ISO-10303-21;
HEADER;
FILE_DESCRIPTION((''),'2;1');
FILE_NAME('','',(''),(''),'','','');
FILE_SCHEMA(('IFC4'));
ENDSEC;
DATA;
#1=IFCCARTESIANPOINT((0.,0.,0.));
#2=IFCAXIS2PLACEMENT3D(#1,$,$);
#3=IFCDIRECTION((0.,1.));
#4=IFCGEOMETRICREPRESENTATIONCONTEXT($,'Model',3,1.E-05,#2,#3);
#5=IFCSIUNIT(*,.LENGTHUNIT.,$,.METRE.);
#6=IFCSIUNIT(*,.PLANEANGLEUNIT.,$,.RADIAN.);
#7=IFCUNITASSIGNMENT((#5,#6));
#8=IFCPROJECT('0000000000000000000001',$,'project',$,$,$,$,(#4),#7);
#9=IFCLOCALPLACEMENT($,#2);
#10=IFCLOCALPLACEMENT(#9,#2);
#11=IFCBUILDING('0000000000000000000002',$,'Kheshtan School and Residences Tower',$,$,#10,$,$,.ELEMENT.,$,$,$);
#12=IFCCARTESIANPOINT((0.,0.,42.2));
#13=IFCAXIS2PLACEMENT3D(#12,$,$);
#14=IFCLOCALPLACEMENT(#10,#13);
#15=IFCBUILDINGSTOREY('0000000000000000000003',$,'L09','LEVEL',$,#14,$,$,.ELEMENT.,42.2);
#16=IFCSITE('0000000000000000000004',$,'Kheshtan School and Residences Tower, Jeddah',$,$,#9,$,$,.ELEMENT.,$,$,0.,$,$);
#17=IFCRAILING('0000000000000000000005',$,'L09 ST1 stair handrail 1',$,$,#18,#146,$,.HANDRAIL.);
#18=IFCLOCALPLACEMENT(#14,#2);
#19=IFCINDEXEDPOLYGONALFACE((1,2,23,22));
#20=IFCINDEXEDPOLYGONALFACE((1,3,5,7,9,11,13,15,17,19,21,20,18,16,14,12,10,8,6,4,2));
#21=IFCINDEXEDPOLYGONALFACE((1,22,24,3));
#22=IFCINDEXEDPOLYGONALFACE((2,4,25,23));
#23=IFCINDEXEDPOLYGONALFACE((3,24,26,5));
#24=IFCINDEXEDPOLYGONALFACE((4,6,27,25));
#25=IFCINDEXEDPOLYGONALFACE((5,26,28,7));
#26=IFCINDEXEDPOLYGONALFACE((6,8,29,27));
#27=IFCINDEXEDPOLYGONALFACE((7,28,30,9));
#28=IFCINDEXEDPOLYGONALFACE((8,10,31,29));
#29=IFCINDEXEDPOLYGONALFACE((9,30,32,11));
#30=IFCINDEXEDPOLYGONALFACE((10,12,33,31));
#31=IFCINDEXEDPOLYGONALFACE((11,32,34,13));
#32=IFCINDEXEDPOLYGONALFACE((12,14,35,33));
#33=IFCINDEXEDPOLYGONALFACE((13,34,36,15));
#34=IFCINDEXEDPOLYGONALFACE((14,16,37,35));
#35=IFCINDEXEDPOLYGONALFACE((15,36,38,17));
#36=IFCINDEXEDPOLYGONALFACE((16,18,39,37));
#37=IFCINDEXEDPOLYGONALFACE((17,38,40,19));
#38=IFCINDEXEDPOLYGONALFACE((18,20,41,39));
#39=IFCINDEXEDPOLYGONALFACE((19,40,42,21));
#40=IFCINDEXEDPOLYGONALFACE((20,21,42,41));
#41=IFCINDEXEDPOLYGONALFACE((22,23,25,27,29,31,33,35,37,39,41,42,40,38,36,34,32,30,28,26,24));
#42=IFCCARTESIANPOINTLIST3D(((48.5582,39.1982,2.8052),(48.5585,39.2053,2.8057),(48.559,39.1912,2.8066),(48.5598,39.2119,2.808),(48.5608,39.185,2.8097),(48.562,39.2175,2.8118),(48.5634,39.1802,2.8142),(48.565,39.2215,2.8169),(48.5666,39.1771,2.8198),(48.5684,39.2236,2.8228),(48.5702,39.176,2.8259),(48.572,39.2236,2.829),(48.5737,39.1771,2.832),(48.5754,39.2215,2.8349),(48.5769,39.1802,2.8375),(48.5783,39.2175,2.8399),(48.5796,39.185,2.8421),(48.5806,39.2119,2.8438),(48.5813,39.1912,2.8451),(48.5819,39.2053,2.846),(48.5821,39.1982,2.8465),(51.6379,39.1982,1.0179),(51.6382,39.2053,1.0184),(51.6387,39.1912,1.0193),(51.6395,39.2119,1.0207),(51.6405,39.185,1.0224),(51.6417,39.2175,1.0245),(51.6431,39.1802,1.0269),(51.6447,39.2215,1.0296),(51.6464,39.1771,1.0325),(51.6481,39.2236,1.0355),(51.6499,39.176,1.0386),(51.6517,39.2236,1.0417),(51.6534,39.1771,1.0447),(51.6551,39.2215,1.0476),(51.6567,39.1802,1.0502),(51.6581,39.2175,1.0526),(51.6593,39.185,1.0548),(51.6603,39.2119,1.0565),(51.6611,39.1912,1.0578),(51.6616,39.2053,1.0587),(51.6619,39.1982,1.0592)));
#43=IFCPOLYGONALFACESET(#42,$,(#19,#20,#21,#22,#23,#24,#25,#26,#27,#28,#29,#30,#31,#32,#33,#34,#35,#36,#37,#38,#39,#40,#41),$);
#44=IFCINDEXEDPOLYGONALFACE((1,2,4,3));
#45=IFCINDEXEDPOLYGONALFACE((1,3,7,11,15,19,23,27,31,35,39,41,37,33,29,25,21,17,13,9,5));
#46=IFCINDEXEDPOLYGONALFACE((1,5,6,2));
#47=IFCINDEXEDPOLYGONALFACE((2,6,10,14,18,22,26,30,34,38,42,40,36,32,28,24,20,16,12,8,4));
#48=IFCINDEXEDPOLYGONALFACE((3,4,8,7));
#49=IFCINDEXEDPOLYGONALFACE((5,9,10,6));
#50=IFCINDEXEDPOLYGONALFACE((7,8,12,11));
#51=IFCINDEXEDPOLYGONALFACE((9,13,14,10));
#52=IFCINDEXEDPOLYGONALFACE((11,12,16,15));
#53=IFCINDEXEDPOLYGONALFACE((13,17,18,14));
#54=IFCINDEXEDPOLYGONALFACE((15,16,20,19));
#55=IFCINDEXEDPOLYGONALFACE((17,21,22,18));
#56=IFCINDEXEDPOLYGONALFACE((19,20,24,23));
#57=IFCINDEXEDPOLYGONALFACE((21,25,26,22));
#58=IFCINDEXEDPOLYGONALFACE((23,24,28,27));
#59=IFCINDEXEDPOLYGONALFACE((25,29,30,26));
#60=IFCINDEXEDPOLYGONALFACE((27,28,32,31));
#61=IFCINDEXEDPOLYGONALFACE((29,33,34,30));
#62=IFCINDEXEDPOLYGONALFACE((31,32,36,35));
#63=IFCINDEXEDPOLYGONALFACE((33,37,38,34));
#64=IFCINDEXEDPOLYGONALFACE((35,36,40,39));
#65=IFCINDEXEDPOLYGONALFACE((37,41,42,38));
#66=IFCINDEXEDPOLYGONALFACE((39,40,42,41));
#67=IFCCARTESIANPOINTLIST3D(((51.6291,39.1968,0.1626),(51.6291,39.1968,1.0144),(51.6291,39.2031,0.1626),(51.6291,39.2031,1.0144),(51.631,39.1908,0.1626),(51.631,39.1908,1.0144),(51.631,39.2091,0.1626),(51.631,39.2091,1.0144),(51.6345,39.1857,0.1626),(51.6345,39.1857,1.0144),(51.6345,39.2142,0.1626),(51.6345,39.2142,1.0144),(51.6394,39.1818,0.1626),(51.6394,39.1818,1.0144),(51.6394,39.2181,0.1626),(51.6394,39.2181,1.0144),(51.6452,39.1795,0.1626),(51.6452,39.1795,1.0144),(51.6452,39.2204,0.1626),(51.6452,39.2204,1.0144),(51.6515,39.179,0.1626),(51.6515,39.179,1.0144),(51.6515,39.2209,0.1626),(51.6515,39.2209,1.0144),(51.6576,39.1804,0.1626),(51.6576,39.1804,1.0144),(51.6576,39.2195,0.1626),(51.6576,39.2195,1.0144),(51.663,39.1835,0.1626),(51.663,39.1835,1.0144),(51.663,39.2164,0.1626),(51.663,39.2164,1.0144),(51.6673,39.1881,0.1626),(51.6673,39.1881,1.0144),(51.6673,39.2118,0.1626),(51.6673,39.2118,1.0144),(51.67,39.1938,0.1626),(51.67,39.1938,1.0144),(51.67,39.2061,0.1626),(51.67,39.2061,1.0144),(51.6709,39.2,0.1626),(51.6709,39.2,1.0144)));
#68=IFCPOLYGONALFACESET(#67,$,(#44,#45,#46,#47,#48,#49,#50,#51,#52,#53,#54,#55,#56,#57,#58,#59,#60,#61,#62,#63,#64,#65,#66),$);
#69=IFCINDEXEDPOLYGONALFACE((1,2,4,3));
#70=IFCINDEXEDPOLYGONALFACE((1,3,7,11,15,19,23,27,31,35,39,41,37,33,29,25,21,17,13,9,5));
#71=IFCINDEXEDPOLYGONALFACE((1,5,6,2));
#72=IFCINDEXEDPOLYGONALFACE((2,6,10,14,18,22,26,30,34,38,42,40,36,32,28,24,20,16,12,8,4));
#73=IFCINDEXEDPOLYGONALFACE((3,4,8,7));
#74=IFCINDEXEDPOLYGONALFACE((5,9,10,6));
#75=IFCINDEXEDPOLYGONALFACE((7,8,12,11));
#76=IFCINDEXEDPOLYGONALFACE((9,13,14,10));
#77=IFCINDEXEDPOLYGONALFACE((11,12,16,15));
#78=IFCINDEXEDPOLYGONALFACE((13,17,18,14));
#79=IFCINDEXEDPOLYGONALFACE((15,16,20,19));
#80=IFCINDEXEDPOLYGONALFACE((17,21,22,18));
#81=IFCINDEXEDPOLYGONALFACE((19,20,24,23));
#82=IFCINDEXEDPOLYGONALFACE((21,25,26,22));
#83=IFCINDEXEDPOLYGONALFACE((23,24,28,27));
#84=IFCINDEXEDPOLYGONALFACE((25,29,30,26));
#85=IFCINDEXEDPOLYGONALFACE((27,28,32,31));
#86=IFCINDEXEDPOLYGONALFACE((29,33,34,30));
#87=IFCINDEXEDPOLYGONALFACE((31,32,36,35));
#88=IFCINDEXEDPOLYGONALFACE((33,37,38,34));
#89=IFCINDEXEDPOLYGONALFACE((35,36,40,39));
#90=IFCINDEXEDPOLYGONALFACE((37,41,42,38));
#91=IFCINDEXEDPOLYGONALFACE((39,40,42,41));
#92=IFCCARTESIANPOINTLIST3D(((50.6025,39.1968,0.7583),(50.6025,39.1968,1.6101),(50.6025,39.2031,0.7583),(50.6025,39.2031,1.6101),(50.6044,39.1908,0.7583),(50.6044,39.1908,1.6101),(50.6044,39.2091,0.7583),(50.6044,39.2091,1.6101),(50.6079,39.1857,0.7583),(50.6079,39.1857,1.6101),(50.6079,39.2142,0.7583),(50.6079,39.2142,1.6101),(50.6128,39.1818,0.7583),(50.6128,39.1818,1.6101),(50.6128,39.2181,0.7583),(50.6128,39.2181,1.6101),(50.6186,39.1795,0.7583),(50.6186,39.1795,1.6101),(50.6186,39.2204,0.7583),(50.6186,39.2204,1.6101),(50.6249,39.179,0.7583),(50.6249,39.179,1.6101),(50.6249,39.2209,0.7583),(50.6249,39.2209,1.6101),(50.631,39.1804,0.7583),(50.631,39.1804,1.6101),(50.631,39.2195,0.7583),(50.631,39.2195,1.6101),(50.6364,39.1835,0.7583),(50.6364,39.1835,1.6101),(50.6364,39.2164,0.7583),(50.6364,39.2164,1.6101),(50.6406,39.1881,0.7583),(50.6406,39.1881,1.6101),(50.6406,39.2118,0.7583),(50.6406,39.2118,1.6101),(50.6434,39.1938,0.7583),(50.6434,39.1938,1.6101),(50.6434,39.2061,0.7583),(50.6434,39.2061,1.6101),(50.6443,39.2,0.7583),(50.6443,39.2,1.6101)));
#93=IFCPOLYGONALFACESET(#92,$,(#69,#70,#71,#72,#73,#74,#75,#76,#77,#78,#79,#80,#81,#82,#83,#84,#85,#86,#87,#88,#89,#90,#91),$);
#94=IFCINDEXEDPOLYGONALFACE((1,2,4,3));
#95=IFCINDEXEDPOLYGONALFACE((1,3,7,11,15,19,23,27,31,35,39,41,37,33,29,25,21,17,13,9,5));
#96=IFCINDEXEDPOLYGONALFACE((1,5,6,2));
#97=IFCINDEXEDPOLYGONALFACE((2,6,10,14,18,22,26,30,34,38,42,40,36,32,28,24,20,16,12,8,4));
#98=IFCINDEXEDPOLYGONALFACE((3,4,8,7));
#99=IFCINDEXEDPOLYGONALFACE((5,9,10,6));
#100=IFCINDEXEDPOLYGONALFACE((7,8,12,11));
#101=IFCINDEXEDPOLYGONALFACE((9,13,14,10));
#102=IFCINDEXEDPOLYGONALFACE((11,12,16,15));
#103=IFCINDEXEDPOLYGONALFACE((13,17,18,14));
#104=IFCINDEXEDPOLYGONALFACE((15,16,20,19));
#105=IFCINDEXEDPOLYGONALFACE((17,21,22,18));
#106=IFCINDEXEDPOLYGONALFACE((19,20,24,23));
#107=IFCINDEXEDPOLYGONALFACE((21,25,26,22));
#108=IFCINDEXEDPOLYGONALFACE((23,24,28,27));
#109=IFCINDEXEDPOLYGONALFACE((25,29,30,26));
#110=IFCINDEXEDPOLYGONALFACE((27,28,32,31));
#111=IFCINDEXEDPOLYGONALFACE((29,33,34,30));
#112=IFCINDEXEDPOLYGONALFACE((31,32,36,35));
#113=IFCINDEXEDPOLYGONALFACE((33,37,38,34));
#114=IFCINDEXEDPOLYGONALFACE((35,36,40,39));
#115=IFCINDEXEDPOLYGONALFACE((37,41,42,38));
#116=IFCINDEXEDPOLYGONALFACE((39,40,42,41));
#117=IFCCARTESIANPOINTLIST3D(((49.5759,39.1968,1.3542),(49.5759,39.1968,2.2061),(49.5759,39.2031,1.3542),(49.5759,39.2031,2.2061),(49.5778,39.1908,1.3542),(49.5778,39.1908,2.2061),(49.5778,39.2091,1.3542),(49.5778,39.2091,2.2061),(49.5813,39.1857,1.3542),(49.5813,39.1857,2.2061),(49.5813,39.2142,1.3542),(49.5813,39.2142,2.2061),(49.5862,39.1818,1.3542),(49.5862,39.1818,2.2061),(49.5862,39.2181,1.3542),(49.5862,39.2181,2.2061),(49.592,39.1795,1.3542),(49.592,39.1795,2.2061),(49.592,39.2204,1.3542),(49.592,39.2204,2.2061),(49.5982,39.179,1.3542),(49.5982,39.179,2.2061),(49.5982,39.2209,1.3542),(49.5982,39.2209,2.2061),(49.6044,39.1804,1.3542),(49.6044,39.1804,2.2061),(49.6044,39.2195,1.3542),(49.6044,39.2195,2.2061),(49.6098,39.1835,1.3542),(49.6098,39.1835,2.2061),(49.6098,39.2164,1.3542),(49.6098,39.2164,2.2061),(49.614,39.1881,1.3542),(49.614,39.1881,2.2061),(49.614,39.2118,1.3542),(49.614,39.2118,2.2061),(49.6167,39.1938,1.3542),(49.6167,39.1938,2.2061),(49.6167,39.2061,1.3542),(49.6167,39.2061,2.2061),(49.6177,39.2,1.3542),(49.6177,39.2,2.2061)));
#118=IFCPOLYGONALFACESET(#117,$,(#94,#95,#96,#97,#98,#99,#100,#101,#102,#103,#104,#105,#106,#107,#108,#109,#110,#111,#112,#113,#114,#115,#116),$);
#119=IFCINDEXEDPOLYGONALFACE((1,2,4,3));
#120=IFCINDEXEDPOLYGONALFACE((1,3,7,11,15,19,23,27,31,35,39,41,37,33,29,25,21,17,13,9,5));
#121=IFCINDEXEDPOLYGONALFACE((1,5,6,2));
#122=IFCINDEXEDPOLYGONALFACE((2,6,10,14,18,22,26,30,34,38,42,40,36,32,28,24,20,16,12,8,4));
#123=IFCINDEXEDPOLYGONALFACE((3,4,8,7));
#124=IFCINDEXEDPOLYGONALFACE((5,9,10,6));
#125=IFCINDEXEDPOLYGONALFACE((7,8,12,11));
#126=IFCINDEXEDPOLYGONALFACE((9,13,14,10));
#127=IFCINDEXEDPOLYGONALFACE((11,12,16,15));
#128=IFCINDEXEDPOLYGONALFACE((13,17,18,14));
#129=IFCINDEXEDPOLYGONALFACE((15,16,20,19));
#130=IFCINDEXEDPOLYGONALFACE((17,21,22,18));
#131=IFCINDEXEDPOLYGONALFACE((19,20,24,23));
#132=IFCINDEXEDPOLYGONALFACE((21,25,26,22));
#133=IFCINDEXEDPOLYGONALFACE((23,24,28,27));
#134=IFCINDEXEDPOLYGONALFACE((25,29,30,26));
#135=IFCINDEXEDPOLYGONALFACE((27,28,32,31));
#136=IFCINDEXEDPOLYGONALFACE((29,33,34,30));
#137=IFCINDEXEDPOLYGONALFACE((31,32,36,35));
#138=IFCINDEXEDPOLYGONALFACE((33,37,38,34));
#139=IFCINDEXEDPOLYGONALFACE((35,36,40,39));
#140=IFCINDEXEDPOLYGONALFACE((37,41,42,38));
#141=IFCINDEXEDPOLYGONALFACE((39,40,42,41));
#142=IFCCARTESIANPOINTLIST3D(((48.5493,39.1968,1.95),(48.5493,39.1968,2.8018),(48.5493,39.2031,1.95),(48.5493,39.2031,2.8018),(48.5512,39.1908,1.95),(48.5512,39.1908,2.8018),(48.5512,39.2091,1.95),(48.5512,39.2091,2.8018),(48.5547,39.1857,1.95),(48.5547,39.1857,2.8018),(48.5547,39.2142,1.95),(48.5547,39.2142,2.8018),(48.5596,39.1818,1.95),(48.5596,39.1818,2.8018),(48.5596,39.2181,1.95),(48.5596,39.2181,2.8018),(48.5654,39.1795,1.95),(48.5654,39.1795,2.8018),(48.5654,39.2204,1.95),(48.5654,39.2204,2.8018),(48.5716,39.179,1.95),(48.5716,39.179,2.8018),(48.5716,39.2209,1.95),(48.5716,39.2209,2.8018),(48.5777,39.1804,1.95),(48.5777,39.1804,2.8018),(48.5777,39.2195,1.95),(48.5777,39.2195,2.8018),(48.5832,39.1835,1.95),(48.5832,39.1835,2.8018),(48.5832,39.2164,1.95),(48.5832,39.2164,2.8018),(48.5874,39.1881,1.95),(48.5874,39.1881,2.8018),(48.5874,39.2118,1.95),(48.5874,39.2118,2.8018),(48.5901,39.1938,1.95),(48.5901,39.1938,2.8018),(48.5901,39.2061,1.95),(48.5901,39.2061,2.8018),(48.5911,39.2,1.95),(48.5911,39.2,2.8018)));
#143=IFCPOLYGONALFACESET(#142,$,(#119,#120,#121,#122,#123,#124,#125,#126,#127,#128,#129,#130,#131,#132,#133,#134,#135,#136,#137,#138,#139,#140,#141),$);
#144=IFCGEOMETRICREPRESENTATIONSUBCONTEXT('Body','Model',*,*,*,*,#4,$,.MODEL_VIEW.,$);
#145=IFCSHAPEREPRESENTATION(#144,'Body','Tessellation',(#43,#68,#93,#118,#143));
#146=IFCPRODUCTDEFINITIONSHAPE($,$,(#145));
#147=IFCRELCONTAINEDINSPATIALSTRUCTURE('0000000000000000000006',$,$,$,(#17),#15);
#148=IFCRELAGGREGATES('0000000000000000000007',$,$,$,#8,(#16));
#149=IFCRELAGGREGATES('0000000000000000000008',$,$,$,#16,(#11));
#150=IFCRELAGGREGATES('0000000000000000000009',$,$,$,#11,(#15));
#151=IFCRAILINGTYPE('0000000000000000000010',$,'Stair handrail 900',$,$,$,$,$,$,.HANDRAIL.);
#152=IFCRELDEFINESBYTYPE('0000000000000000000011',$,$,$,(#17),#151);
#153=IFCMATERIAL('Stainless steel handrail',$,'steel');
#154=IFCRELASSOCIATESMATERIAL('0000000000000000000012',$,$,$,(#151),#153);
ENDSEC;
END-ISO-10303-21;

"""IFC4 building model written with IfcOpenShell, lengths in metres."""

from ifc_helpers import new_model, si_unit, direction, frame, origin, origin_2d, place, context, subcontext, project, spatial, circle, extrude, material, type_object, element, save


model = new_model("IFC4")

# Units and contexts
model_context = context("Model", 3, precision=1e-05, world=origin(), true_north=direction((0.0, 1.0)))
body_context = subcontext(model_context, "Body", "Model", "MODEL_VIEW")
ifc_project = project(units=[si_unit("LENGTHUNIT", "METRE"), si_unit("PLANEANGLEUNIT", "RADIAN")], contexts=[model_context])

# Site, building, storey
site_placement = place(None, origin())
site = spatial("IfcSite", under=ifc_project, at=site_placement, Name="Kheshtan School and Residences Tower, Jeddah", CompositionType="ELEMENT", RefElevation=0.0)
building_placement = place(site_placement, origin())
building = spatial("IfcBuilding", under=site, at=building_placement, Name="Kheshtan School and Residences Tower", CompositionType="ELEMENT")
storey_placement = place(building_placement, frame((0.0, 0.0, 42.2)))
storey = spatial("IfcBuildingStorey", under=building, at=storey_placement, Name="L09", Description="LEVEL", CompositionType="ELEMENT", Elevation=42.2)

# Railing
ifc_material_1 = material(Name="Stainless steel handrail", Category="steel")
railing_type_1 = type_object("IfcRailingType", Name="Stair handrail 900", PredefinedType="HANDRAIL", material=ifc_material_1)
railing_1_placement = place(storey_placement, frame((51.6499, 39.2, 0.1626)))
element("IfcRailing", 1, at=railing_1_placement, inside=storey, type_object=railing_type_1, Name="L09 ST1 stair handrail 1", PredefinedType="HANDRAIL", context=body_context, shape_type="SweptSolid", body=[
    extrude(circle(Radius=0.0239, at=origin_2d()), frame((0.0, 0.0, 0.876), z_axis=(-0.864903, 0.0, 0.501939), x_axis=(0.0, -1.0, 0.0)), (0.0, 0.0, 1.0), 3.5608),
    extrude(circle(Radius=0.021, at=origin_2d()), origin(), (0.0, 0.0, 1.0), 0.8518),
    extrude(circle(Radius=0.021, at=origin_2d()), frame((-1.0266, 0.0, 0.5957)), (0.0, 0.0, 1.0), 0.8518),
    extrude(circle(Radius=0.021, at=origin_2d()), frame((-2.0532, 0.0, 1.1917)), (0.0, 0.0, 1.0), 0.8518),
    extrude(circle(Radius=0.021, at=origin_2d()), frame((-3.0798, 0.0, 1.7874)), (0.0, 0.0, 1.0), 0.8518),
])

save(model, "model.ifc")
